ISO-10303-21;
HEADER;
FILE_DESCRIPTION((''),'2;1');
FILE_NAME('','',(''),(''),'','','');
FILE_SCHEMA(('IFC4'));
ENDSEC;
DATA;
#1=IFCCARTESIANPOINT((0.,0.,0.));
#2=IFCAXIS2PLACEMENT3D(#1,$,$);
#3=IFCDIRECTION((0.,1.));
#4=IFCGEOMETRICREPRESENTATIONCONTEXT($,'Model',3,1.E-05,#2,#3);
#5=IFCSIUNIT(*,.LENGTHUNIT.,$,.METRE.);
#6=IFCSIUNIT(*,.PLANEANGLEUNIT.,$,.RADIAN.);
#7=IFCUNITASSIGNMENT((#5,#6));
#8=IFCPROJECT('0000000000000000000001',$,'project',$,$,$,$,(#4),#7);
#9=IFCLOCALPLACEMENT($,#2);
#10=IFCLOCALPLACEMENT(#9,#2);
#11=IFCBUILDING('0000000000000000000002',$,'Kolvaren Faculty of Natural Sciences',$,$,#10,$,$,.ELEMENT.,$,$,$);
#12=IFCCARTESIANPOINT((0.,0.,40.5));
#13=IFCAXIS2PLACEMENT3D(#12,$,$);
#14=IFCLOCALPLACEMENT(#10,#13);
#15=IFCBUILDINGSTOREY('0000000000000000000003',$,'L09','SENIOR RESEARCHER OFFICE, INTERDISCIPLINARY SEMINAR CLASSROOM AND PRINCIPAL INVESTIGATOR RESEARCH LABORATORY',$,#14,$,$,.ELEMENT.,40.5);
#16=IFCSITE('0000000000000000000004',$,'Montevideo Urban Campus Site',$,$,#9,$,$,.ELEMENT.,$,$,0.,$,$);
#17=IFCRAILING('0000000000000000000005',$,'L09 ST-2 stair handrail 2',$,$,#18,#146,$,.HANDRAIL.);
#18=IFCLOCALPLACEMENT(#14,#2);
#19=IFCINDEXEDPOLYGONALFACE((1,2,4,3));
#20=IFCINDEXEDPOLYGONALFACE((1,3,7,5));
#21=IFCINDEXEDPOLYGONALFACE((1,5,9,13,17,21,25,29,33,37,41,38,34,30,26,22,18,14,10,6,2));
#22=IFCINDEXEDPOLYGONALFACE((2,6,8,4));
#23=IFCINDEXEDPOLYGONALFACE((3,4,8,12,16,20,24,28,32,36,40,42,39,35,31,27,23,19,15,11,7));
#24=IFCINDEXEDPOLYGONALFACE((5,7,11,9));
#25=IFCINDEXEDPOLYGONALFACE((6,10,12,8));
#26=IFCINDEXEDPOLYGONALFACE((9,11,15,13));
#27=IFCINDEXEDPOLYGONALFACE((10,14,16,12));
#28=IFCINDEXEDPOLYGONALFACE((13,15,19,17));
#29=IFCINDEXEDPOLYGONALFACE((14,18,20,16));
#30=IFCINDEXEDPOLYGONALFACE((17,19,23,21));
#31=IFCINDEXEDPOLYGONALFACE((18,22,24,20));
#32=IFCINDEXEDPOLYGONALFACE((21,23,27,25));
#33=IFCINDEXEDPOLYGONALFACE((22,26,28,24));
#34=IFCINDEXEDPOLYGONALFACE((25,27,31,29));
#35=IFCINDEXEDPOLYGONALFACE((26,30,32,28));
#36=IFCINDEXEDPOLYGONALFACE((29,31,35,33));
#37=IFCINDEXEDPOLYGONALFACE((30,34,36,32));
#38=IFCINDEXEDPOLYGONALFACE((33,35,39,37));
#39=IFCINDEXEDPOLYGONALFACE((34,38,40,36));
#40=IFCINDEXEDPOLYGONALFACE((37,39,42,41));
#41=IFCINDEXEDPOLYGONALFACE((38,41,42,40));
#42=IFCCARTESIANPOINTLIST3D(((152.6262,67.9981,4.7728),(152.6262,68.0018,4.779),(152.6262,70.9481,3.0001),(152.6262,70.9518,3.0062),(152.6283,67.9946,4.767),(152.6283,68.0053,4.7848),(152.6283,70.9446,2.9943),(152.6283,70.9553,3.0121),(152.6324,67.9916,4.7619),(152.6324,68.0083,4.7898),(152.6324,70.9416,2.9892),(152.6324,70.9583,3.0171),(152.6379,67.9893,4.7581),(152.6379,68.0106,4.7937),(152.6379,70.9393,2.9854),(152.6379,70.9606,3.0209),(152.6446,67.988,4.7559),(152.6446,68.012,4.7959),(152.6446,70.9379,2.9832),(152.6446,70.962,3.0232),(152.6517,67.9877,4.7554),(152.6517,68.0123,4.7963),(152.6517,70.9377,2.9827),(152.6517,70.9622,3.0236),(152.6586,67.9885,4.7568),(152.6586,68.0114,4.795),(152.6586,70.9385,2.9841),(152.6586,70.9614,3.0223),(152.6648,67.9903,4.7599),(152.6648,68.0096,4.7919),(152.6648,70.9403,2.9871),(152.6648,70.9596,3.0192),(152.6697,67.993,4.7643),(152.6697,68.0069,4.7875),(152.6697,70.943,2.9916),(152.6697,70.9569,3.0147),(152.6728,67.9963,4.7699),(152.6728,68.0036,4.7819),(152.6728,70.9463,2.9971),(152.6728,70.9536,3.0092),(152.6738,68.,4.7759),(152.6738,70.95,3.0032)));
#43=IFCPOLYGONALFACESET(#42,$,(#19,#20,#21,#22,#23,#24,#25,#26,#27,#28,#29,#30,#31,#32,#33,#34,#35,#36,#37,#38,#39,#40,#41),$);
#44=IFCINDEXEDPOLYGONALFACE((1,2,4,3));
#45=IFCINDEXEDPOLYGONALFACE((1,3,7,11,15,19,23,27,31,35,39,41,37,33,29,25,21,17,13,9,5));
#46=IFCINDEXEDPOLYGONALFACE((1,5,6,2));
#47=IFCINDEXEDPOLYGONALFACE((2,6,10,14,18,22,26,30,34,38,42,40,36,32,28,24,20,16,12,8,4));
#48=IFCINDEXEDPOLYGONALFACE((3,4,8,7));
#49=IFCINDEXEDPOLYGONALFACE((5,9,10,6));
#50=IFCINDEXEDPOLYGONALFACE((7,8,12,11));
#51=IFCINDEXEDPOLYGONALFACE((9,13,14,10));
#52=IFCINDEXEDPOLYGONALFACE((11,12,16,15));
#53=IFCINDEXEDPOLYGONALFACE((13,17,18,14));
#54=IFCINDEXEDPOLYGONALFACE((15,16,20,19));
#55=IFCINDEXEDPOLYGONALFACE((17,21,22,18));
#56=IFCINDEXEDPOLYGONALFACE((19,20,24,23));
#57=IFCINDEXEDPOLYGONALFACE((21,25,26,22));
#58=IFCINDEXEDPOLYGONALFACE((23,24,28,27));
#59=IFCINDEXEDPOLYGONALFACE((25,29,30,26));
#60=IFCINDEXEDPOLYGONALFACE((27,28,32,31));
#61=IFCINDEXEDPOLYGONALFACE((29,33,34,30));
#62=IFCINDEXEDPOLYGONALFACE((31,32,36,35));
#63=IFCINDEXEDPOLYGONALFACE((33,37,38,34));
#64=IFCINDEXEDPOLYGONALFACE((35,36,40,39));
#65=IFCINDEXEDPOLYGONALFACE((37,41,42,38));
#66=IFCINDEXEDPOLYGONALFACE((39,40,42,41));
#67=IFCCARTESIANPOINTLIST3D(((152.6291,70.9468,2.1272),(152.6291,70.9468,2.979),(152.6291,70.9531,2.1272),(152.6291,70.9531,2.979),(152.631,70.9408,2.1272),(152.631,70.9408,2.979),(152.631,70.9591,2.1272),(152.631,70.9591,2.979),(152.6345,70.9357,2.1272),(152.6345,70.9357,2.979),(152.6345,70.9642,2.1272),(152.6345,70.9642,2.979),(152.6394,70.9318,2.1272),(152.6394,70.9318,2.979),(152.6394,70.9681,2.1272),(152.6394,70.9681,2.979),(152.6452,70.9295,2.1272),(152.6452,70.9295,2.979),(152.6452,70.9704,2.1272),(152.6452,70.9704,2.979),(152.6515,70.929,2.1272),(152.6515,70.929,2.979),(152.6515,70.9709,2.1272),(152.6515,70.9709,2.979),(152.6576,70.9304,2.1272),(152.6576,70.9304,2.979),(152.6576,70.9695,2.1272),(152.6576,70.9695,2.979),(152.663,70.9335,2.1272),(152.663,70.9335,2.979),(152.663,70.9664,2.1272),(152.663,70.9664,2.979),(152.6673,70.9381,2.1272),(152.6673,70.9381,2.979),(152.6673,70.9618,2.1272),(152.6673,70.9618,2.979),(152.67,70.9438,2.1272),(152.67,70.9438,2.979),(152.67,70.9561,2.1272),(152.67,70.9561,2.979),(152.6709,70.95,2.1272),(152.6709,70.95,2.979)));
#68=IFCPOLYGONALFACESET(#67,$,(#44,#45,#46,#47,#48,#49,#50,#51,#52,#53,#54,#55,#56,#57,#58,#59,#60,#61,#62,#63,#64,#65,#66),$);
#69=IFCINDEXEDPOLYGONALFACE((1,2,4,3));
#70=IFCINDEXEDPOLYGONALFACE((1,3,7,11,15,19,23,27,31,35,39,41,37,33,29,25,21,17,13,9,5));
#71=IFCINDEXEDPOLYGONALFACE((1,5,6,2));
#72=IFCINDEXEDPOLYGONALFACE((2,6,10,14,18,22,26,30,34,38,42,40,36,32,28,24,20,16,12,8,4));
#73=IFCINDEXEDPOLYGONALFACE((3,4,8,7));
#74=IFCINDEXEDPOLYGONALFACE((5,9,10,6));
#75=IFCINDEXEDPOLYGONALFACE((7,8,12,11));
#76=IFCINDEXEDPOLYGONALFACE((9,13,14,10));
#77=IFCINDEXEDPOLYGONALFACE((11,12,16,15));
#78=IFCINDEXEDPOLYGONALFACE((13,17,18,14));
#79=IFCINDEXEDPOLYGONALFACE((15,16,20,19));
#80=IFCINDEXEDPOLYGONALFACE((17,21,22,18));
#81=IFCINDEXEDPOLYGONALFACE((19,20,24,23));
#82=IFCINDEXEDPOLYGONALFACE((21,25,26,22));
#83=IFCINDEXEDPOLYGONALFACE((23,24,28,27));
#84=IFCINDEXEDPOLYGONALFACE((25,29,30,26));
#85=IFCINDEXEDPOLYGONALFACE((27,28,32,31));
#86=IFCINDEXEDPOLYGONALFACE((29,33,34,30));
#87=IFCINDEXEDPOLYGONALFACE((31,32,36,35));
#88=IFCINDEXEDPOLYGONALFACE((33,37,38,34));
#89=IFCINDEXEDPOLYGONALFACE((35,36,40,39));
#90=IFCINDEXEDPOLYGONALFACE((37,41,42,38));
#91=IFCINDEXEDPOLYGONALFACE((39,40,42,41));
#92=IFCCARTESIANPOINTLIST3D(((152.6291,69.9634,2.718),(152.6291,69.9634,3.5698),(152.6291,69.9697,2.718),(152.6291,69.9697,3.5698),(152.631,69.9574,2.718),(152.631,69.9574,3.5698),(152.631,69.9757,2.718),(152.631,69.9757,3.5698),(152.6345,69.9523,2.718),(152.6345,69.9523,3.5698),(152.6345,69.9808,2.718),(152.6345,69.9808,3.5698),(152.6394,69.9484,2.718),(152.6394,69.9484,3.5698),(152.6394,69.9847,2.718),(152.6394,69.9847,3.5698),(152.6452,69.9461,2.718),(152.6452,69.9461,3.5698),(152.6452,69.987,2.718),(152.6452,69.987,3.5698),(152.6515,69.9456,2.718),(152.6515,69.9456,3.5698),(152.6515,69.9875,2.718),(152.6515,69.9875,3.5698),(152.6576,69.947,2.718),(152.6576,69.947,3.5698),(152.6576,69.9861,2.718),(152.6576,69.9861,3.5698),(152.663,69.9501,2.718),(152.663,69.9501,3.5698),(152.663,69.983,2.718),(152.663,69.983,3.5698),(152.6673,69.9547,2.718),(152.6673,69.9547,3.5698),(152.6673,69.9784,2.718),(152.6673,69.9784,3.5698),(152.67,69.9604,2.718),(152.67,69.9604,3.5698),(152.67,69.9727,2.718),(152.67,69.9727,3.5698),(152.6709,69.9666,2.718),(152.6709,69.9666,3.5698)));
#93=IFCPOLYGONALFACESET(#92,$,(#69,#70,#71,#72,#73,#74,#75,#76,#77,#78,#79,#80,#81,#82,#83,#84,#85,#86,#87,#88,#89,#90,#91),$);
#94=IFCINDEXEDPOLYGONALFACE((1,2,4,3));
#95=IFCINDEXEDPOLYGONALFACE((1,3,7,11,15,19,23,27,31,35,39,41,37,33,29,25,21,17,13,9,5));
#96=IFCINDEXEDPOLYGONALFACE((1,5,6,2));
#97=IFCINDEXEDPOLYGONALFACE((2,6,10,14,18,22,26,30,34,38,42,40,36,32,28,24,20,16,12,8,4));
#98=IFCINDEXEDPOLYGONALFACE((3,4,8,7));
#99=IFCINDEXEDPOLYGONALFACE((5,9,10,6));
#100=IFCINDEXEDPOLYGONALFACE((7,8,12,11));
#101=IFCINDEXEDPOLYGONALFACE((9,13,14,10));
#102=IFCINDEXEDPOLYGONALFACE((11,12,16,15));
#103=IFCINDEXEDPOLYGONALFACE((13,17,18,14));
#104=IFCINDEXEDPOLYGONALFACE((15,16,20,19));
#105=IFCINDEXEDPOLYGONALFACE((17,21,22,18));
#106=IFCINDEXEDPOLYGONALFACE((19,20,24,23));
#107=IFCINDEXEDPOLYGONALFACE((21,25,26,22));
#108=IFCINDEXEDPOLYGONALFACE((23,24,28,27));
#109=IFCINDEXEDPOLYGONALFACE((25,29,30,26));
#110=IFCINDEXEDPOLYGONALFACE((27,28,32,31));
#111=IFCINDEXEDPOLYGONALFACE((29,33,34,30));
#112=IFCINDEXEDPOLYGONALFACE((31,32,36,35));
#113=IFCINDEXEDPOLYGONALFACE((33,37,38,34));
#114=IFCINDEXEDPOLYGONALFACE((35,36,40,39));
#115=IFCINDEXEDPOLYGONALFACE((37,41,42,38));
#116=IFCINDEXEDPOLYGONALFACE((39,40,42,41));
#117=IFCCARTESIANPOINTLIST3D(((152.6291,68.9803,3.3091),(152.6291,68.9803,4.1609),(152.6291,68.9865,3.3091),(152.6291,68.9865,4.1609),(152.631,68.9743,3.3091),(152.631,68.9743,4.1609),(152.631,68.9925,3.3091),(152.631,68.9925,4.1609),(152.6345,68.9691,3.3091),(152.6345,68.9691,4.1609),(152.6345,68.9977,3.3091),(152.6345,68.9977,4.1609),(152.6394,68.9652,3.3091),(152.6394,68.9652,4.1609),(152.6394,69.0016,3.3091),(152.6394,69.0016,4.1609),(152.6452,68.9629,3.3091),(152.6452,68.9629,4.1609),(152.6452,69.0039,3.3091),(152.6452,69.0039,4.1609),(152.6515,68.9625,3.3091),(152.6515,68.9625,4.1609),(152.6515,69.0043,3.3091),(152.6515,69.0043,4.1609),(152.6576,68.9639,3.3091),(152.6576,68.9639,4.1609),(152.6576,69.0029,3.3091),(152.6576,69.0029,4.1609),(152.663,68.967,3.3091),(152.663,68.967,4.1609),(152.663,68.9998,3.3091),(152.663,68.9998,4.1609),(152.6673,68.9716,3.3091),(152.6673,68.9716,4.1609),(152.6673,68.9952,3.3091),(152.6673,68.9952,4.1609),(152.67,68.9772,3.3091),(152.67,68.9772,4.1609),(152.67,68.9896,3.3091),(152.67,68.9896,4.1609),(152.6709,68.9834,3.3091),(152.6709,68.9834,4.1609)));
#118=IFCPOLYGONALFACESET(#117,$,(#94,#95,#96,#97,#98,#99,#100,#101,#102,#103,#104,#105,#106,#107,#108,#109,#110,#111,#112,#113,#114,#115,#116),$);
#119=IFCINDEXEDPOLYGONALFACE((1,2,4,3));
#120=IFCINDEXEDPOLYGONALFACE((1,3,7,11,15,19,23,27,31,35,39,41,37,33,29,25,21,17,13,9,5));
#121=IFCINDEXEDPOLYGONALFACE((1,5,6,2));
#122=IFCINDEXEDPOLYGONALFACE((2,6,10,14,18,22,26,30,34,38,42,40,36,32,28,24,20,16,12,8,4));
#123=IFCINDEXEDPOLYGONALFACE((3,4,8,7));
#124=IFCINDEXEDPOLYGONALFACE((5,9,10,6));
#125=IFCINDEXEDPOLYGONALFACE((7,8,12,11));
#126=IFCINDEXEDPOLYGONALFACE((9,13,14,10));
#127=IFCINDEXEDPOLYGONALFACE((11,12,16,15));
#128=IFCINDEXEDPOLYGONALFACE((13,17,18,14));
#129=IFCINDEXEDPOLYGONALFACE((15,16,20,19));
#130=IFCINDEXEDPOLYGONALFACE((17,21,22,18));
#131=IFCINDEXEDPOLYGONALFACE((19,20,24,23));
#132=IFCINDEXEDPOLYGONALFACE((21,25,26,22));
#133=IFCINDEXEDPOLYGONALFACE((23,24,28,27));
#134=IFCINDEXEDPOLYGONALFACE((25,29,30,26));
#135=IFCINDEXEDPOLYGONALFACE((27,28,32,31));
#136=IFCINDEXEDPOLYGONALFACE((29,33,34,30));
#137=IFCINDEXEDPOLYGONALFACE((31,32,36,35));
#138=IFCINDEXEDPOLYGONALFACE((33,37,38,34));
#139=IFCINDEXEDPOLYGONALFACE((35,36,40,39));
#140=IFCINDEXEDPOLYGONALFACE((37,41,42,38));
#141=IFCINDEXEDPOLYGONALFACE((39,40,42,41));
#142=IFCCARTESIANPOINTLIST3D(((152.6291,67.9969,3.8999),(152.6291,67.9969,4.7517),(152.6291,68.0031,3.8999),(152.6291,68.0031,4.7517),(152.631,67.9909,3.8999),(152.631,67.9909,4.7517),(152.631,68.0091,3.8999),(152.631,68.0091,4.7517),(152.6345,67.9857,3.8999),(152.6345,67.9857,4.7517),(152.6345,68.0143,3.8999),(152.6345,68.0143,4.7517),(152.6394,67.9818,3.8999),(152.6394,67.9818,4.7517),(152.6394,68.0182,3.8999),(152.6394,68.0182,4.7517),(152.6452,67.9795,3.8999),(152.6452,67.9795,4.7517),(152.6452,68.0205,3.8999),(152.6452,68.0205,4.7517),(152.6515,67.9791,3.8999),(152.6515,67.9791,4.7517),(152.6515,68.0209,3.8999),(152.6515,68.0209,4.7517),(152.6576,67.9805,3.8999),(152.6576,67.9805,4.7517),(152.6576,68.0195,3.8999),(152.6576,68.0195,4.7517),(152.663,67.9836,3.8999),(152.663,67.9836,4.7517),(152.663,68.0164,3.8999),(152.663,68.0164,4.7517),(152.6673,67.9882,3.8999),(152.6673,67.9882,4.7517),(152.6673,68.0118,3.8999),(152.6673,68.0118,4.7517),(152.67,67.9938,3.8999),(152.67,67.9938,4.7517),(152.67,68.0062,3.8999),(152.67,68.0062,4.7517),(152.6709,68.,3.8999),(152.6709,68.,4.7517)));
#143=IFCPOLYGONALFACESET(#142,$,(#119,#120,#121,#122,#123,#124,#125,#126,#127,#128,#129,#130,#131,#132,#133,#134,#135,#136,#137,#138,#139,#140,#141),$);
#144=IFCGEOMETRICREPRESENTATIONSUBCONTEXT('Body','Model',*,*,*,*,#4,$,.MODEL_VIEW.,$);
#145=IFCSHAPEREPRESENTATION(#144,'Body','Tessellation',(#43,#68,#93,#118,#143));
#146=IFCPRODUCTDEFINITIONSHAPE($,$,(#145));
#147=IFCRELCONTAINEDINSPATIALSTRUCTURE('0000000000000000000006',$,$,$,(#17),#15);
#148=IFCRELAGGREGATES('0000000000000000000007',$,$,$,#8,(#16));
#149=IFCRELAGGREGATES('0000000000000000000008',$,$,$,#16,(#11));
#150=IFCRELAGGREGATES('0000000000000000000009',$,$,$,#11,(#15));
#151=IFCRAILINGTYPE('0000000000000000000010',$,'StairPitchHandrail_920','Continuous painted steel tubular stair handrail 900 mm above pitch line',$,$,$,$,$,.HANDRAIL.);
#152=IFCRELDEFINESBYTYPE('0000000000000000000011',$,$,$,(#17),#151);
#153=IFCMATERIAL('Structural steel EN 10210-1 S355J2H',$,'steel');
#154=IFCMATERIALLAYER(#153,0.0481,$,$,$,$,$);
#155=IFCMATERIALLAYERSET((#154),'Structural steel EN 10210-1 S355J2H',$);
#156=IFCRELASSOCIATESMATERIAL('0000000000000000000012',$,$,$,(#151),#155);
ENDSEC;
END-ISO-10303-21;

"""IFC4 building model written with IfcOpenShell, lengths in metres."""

from ifc_helpers import new_model, si_unit, direction, frame, origin, origin_2d, place, context, subcontext, project, spatial, circle, extrude, material, layer, layer_set, type_object, element, save


model = new_model("IFC4")

# Units and contexts
model_context = context("Model", 3, precision=1e-05, world=origin(), true_north=direction((0.0, 1.0)))
body_context = subcontext(model_context, "Body", "Model", "MODEL_VIEW")
ifc_project = project(units=[si_unit("LENGTHUNIT", "METRE"), si_unit("PLANEANGLEUNIT", "RADIAN")], contexts=[model_context])

# Site, building, storey
site_placement = place(None, origin())
site = spatial("IfcSite", under=ifc_project, at=site_placement, Name="Montevideo Urban Campus Site", CompositionType="ELEMENT", RefElevation=0.0)
building_placement = place(site_placement, origin())
building = spatial("IfcBuilding", under=site, at=building_placement, Name="Kolvaren Faculty of Natural Sciences", CompositionType="ELEMENT")
storey_placement = place(building_placement, frame((0.0, 0.0, 40.5)))
storey = spatial("IfcBuildingStorey", under=building, at=storey_placement, Name="L09", Description="SENIOR RESEARCHER OFFICE, INTERDISCIPLINARY SEMINAR CLASSROOM AND PRINCIPAL INVESTIGATOR RESEARCH LABORATORY", CompositionType="ELEMENT", Elevation=40.5)

# Railing
ifc_material_1 = material(Name="Structural steel EN 10210-1 S355J2H", Category="steel")
ifc_layer_1 = layer(ifc_material_1, 0.0481)
ifc_layer_set_1 = layer_set([ifc_layer_1], Name="Structural steel EN 10210-1 S355J2H")
railing_type_1 = type_object("IfcRailingType", Name="StairPitchHandrail_920", Description="Continuous painted steel tubular stair handrail 900 mm above pitch line", PredefinedType="HANDRAIL", material=ifc_layer_set_1)
railing_1_placement = place(storey_placement, frame((152.6499, 70.95, 2.1272)))
element("IfcRailing", 1, at=railing_1_placement, inside=storey, type_object=railing_type_1, Name="L09 ST-2 stair handrail 2", PredefinedType="HANDRAIL", context=body_context, shape_type="SweptSolid", body=[
    extrude(circle(Radius=0.0239, at=origin_2d()), frame((0.0, 0.0, 0.876), z_axis=(0.0, -0.857142, 0.51508), x_axis=(1.0, 0.0, 0.0)), (0.0, 0.0, 1.0), 3.4417),
    extrude(circle(Radius=0.021, at=origin_2d()), origin(), (0.0, 0.0, 1.0), 0.8518),
    extrude(circle(Radius=0.021, at=origin_2d()), frame((0.0, -0.9834, 0.5908)), (0.0, 0.0, 1.0), 0.8518),
    extrude(circle(Radius=0.021, at=origin_2d()), frame((0.0, -1.9666, 1.1819)), (0.0, 0.0, 1.0), 0.8518),
    extrude(circle(Radius=0.021, at=origin_2d()), frame((0.0, -2.95, 1.7727)), (0.0, 0.0, 1.0), 0.8518),
])

save(model, "model.ifc")
